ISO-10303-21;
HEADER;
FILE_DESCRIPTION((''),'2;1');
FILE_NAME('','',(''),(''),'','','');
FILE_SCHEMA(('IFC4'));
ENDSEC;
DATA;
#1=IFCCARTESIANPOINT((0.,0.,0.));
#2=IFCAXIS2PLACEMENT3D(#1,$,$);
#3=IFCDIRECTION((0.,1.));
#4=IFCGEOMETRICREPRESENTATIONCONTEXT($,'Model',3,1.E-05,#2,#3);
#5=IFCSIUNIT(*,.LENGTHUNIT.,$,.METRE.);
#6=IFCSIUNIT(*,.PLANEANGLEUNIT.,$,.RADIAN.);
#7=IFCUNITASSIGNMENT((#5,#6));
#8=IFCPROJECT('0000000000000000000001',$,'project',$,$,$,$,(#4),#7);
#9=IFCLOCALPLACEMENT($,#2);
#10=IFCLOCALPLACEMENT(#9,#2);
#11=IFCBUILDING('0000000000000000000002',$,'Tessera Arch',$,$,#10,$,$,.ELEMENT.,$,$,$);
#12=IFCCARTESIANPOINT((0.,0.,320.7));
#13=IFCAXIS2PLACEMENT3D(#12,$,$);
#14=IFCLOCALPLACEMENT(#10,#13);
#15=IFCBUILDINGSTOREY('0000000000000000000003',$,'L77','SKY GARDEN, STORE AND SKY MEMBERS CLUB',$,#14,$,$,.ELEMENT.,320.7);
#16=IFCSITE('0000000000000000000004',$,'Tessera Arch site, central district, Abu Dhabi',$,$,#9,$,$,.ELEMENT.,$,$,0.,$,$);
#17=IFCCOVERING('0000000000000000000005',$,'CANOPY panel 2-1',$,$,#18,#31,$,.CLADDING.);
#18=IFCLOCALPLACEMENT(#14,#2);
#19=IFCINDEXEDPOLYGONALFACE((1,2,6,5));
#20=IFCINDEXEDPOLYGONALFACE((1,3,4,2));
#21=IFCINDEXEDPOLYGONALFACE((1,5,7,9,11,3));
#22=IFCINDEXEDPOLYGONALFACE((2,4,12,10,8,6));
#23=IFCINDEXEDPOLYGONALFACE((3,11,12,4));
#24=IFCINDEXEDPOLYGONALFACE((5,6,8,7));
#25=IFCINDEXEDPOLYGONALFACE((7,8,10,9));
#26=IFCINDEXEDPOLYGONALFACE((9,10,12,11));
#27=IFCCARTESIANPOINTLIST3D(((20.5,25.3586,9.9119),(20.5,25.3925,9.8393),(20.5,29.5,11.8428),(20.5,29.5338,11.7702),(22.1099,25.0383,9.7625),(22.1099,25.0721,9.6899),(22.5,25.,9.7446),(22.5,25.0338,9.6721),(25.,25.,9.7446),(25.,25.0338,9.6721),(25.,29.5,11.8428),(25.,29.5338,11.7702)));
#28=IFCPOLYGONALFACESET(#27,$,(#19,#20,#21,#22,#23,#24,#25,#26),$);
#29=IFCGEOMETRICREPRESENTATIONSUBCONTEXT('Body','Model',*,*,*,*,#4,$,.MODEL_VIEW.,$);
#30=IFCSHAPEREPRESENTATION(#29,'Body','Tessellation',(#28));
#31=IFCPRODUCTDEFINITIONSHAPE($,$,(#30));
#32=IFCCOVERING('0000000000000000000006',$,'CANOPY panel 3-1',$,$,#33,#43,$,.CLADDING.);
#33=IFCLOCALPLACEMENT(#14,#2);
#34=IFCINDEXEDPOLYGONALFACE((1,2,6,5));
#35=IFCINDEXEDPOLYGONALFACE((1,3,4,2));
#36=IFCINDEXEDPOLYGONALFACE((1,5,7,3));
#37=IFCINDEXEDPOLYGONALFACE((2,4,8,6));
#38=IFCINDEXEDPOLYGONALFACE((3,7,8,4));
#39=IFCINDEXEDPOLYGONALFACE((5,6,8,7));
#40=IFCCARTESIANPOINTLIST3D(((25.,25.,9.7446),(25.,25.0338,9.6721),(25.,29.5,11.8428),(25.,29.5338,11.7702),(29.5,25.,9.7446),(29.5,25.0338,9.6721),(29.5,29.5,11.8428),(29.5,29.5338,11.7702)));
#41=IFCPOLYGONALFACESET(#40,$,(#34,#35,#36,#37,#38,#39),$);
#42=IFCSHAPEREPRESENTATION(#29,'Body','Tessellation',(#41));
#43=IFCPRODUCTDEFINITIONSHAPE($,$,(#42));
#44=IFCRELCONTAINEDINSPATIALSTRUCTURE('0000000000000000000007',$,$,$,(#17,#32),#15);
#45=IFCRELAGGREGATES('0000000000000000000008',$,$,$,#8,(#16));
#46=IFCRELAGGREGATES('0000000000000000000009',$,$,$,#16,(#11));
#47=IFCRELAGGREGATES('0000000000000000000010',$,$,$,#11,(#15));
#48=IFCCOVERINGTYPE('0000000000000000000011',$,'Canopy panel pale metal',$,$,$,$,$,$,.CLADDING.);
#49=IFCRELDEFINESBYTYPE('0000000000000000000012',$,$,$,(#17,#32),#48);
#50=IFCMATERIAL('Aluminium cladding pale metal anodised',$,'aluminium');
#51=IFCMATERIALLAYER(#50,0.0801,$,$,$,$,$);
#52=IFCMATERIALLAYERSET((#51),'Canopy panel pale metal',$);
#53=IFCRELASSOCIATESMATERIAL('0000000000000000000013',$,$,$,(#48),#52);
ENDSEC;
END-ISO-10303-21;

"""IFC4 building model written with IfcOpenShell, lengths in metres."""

from ifc_helpers import new_model, si_unit, direction, frame, origin, place, context, subcontext, project, spatial, polyline, outline, extrude, material, layer, layer_set, type_object, element, save


model = new_model("IFC4")

# Units and contexts
model_context = context("Model", 3, precision=1e-05, world=origin(), true_north=direction((0.0, 1.0)))
body_context = subcontext(model_context, "Body", "Model", "MODEL_VIEW")
ifc_project = project(units=[si_unit("LENGTHUNIT", "METRE"), si_unit("PLANEANGLEUNIT", "RADIAN")], contexts=[model_context])

# Site, building, storey
site_placement = place(None, origin())
site = spatial("IfcSite", under=ifc_project, at=site_placement, Name="Tessera Arch site, central district, Abu Dhabi", CompositionType="ELEMENT", RefElevation=0.0)
building_placement = place(site_placement, origin())
building = spatial("IfcBuilding", under=site, at=building_placement, Name="Tessera Arch", CompositionType="ELEMENT")
storey_placement = place(building_placement, frame((0.0, 0.0, 320.7)))
storey = spatial("IfcBuildingStorey", under=building, at=storey_placement, Name="L77", Description="SKY GARDEN, STORE AND SKY MEMBERS CLUB", CompositionType="ELEMENT", Elevation=320.7)

# Coverings
ifc_material_1 = material(Name="Aluminium cladding pale metal anodised", Category="aluminium")
ifc_layer_1 = layer(ifc_material_1, 0.0801)
ifc_layer_set_1 = layer_set([ifc_layer_1], Name="Canopy panel pale metal")
covering_type_1 = type_object("IfcCoveringType", Name="Canopy panel pale metal", PredefinedType="CLADDING", material=ifc_layer_set_1)
covering_1_placement = place(storey_placement, frame((25.0, 25.0, 9.7446), z_axis=(0.000001, -0.42258, 0.906326), x_axis=(0.0, 0.906326, 0.42258)))
element("IfcCovering", 1, at=covering_1_placement, inside=storey, type_object=covering_type_1, Name="CANOPY panel 2-1", PredefinedType="CLADDING", context=body_context, shape_type="SweptSolid", body=[
    extrude(outline(polyline([(0.0, 0.0), (4.9651, 0.0), (4.9651, 4.5), (0.3957, 4.5), (0.0423, 2.8901), (0.0, 2.5), (0.0, 0.0)])), origin(), (0.0, 0.0, -1.0), 0.0801),
])
covering_2_placement = place(storey_placement, frame((29.5, 25.0, 9.7446), z_axis=(0.0, -0.422579, 0.906326), x_axis=(0.0, 0.906326, 0.422579)))
element("IfcCovering", 2, at=covering_2_placement, inside=storey, type_object=covering_type_1, Name="CANOPY panel 3-1", PredefinedType="CLADDING", context=body_context, shape_type="SweptSolid", body=[
    extrude(outline(polyline([(0.0, 0.0), (4.9651, 0.0), (4.9651, 4.5), (0.0, 4.5), (0.0, 0.0)])), origin(), (0.0, 0.0, -1.0), 0.0801),
])

save(model, "model.ifc")
